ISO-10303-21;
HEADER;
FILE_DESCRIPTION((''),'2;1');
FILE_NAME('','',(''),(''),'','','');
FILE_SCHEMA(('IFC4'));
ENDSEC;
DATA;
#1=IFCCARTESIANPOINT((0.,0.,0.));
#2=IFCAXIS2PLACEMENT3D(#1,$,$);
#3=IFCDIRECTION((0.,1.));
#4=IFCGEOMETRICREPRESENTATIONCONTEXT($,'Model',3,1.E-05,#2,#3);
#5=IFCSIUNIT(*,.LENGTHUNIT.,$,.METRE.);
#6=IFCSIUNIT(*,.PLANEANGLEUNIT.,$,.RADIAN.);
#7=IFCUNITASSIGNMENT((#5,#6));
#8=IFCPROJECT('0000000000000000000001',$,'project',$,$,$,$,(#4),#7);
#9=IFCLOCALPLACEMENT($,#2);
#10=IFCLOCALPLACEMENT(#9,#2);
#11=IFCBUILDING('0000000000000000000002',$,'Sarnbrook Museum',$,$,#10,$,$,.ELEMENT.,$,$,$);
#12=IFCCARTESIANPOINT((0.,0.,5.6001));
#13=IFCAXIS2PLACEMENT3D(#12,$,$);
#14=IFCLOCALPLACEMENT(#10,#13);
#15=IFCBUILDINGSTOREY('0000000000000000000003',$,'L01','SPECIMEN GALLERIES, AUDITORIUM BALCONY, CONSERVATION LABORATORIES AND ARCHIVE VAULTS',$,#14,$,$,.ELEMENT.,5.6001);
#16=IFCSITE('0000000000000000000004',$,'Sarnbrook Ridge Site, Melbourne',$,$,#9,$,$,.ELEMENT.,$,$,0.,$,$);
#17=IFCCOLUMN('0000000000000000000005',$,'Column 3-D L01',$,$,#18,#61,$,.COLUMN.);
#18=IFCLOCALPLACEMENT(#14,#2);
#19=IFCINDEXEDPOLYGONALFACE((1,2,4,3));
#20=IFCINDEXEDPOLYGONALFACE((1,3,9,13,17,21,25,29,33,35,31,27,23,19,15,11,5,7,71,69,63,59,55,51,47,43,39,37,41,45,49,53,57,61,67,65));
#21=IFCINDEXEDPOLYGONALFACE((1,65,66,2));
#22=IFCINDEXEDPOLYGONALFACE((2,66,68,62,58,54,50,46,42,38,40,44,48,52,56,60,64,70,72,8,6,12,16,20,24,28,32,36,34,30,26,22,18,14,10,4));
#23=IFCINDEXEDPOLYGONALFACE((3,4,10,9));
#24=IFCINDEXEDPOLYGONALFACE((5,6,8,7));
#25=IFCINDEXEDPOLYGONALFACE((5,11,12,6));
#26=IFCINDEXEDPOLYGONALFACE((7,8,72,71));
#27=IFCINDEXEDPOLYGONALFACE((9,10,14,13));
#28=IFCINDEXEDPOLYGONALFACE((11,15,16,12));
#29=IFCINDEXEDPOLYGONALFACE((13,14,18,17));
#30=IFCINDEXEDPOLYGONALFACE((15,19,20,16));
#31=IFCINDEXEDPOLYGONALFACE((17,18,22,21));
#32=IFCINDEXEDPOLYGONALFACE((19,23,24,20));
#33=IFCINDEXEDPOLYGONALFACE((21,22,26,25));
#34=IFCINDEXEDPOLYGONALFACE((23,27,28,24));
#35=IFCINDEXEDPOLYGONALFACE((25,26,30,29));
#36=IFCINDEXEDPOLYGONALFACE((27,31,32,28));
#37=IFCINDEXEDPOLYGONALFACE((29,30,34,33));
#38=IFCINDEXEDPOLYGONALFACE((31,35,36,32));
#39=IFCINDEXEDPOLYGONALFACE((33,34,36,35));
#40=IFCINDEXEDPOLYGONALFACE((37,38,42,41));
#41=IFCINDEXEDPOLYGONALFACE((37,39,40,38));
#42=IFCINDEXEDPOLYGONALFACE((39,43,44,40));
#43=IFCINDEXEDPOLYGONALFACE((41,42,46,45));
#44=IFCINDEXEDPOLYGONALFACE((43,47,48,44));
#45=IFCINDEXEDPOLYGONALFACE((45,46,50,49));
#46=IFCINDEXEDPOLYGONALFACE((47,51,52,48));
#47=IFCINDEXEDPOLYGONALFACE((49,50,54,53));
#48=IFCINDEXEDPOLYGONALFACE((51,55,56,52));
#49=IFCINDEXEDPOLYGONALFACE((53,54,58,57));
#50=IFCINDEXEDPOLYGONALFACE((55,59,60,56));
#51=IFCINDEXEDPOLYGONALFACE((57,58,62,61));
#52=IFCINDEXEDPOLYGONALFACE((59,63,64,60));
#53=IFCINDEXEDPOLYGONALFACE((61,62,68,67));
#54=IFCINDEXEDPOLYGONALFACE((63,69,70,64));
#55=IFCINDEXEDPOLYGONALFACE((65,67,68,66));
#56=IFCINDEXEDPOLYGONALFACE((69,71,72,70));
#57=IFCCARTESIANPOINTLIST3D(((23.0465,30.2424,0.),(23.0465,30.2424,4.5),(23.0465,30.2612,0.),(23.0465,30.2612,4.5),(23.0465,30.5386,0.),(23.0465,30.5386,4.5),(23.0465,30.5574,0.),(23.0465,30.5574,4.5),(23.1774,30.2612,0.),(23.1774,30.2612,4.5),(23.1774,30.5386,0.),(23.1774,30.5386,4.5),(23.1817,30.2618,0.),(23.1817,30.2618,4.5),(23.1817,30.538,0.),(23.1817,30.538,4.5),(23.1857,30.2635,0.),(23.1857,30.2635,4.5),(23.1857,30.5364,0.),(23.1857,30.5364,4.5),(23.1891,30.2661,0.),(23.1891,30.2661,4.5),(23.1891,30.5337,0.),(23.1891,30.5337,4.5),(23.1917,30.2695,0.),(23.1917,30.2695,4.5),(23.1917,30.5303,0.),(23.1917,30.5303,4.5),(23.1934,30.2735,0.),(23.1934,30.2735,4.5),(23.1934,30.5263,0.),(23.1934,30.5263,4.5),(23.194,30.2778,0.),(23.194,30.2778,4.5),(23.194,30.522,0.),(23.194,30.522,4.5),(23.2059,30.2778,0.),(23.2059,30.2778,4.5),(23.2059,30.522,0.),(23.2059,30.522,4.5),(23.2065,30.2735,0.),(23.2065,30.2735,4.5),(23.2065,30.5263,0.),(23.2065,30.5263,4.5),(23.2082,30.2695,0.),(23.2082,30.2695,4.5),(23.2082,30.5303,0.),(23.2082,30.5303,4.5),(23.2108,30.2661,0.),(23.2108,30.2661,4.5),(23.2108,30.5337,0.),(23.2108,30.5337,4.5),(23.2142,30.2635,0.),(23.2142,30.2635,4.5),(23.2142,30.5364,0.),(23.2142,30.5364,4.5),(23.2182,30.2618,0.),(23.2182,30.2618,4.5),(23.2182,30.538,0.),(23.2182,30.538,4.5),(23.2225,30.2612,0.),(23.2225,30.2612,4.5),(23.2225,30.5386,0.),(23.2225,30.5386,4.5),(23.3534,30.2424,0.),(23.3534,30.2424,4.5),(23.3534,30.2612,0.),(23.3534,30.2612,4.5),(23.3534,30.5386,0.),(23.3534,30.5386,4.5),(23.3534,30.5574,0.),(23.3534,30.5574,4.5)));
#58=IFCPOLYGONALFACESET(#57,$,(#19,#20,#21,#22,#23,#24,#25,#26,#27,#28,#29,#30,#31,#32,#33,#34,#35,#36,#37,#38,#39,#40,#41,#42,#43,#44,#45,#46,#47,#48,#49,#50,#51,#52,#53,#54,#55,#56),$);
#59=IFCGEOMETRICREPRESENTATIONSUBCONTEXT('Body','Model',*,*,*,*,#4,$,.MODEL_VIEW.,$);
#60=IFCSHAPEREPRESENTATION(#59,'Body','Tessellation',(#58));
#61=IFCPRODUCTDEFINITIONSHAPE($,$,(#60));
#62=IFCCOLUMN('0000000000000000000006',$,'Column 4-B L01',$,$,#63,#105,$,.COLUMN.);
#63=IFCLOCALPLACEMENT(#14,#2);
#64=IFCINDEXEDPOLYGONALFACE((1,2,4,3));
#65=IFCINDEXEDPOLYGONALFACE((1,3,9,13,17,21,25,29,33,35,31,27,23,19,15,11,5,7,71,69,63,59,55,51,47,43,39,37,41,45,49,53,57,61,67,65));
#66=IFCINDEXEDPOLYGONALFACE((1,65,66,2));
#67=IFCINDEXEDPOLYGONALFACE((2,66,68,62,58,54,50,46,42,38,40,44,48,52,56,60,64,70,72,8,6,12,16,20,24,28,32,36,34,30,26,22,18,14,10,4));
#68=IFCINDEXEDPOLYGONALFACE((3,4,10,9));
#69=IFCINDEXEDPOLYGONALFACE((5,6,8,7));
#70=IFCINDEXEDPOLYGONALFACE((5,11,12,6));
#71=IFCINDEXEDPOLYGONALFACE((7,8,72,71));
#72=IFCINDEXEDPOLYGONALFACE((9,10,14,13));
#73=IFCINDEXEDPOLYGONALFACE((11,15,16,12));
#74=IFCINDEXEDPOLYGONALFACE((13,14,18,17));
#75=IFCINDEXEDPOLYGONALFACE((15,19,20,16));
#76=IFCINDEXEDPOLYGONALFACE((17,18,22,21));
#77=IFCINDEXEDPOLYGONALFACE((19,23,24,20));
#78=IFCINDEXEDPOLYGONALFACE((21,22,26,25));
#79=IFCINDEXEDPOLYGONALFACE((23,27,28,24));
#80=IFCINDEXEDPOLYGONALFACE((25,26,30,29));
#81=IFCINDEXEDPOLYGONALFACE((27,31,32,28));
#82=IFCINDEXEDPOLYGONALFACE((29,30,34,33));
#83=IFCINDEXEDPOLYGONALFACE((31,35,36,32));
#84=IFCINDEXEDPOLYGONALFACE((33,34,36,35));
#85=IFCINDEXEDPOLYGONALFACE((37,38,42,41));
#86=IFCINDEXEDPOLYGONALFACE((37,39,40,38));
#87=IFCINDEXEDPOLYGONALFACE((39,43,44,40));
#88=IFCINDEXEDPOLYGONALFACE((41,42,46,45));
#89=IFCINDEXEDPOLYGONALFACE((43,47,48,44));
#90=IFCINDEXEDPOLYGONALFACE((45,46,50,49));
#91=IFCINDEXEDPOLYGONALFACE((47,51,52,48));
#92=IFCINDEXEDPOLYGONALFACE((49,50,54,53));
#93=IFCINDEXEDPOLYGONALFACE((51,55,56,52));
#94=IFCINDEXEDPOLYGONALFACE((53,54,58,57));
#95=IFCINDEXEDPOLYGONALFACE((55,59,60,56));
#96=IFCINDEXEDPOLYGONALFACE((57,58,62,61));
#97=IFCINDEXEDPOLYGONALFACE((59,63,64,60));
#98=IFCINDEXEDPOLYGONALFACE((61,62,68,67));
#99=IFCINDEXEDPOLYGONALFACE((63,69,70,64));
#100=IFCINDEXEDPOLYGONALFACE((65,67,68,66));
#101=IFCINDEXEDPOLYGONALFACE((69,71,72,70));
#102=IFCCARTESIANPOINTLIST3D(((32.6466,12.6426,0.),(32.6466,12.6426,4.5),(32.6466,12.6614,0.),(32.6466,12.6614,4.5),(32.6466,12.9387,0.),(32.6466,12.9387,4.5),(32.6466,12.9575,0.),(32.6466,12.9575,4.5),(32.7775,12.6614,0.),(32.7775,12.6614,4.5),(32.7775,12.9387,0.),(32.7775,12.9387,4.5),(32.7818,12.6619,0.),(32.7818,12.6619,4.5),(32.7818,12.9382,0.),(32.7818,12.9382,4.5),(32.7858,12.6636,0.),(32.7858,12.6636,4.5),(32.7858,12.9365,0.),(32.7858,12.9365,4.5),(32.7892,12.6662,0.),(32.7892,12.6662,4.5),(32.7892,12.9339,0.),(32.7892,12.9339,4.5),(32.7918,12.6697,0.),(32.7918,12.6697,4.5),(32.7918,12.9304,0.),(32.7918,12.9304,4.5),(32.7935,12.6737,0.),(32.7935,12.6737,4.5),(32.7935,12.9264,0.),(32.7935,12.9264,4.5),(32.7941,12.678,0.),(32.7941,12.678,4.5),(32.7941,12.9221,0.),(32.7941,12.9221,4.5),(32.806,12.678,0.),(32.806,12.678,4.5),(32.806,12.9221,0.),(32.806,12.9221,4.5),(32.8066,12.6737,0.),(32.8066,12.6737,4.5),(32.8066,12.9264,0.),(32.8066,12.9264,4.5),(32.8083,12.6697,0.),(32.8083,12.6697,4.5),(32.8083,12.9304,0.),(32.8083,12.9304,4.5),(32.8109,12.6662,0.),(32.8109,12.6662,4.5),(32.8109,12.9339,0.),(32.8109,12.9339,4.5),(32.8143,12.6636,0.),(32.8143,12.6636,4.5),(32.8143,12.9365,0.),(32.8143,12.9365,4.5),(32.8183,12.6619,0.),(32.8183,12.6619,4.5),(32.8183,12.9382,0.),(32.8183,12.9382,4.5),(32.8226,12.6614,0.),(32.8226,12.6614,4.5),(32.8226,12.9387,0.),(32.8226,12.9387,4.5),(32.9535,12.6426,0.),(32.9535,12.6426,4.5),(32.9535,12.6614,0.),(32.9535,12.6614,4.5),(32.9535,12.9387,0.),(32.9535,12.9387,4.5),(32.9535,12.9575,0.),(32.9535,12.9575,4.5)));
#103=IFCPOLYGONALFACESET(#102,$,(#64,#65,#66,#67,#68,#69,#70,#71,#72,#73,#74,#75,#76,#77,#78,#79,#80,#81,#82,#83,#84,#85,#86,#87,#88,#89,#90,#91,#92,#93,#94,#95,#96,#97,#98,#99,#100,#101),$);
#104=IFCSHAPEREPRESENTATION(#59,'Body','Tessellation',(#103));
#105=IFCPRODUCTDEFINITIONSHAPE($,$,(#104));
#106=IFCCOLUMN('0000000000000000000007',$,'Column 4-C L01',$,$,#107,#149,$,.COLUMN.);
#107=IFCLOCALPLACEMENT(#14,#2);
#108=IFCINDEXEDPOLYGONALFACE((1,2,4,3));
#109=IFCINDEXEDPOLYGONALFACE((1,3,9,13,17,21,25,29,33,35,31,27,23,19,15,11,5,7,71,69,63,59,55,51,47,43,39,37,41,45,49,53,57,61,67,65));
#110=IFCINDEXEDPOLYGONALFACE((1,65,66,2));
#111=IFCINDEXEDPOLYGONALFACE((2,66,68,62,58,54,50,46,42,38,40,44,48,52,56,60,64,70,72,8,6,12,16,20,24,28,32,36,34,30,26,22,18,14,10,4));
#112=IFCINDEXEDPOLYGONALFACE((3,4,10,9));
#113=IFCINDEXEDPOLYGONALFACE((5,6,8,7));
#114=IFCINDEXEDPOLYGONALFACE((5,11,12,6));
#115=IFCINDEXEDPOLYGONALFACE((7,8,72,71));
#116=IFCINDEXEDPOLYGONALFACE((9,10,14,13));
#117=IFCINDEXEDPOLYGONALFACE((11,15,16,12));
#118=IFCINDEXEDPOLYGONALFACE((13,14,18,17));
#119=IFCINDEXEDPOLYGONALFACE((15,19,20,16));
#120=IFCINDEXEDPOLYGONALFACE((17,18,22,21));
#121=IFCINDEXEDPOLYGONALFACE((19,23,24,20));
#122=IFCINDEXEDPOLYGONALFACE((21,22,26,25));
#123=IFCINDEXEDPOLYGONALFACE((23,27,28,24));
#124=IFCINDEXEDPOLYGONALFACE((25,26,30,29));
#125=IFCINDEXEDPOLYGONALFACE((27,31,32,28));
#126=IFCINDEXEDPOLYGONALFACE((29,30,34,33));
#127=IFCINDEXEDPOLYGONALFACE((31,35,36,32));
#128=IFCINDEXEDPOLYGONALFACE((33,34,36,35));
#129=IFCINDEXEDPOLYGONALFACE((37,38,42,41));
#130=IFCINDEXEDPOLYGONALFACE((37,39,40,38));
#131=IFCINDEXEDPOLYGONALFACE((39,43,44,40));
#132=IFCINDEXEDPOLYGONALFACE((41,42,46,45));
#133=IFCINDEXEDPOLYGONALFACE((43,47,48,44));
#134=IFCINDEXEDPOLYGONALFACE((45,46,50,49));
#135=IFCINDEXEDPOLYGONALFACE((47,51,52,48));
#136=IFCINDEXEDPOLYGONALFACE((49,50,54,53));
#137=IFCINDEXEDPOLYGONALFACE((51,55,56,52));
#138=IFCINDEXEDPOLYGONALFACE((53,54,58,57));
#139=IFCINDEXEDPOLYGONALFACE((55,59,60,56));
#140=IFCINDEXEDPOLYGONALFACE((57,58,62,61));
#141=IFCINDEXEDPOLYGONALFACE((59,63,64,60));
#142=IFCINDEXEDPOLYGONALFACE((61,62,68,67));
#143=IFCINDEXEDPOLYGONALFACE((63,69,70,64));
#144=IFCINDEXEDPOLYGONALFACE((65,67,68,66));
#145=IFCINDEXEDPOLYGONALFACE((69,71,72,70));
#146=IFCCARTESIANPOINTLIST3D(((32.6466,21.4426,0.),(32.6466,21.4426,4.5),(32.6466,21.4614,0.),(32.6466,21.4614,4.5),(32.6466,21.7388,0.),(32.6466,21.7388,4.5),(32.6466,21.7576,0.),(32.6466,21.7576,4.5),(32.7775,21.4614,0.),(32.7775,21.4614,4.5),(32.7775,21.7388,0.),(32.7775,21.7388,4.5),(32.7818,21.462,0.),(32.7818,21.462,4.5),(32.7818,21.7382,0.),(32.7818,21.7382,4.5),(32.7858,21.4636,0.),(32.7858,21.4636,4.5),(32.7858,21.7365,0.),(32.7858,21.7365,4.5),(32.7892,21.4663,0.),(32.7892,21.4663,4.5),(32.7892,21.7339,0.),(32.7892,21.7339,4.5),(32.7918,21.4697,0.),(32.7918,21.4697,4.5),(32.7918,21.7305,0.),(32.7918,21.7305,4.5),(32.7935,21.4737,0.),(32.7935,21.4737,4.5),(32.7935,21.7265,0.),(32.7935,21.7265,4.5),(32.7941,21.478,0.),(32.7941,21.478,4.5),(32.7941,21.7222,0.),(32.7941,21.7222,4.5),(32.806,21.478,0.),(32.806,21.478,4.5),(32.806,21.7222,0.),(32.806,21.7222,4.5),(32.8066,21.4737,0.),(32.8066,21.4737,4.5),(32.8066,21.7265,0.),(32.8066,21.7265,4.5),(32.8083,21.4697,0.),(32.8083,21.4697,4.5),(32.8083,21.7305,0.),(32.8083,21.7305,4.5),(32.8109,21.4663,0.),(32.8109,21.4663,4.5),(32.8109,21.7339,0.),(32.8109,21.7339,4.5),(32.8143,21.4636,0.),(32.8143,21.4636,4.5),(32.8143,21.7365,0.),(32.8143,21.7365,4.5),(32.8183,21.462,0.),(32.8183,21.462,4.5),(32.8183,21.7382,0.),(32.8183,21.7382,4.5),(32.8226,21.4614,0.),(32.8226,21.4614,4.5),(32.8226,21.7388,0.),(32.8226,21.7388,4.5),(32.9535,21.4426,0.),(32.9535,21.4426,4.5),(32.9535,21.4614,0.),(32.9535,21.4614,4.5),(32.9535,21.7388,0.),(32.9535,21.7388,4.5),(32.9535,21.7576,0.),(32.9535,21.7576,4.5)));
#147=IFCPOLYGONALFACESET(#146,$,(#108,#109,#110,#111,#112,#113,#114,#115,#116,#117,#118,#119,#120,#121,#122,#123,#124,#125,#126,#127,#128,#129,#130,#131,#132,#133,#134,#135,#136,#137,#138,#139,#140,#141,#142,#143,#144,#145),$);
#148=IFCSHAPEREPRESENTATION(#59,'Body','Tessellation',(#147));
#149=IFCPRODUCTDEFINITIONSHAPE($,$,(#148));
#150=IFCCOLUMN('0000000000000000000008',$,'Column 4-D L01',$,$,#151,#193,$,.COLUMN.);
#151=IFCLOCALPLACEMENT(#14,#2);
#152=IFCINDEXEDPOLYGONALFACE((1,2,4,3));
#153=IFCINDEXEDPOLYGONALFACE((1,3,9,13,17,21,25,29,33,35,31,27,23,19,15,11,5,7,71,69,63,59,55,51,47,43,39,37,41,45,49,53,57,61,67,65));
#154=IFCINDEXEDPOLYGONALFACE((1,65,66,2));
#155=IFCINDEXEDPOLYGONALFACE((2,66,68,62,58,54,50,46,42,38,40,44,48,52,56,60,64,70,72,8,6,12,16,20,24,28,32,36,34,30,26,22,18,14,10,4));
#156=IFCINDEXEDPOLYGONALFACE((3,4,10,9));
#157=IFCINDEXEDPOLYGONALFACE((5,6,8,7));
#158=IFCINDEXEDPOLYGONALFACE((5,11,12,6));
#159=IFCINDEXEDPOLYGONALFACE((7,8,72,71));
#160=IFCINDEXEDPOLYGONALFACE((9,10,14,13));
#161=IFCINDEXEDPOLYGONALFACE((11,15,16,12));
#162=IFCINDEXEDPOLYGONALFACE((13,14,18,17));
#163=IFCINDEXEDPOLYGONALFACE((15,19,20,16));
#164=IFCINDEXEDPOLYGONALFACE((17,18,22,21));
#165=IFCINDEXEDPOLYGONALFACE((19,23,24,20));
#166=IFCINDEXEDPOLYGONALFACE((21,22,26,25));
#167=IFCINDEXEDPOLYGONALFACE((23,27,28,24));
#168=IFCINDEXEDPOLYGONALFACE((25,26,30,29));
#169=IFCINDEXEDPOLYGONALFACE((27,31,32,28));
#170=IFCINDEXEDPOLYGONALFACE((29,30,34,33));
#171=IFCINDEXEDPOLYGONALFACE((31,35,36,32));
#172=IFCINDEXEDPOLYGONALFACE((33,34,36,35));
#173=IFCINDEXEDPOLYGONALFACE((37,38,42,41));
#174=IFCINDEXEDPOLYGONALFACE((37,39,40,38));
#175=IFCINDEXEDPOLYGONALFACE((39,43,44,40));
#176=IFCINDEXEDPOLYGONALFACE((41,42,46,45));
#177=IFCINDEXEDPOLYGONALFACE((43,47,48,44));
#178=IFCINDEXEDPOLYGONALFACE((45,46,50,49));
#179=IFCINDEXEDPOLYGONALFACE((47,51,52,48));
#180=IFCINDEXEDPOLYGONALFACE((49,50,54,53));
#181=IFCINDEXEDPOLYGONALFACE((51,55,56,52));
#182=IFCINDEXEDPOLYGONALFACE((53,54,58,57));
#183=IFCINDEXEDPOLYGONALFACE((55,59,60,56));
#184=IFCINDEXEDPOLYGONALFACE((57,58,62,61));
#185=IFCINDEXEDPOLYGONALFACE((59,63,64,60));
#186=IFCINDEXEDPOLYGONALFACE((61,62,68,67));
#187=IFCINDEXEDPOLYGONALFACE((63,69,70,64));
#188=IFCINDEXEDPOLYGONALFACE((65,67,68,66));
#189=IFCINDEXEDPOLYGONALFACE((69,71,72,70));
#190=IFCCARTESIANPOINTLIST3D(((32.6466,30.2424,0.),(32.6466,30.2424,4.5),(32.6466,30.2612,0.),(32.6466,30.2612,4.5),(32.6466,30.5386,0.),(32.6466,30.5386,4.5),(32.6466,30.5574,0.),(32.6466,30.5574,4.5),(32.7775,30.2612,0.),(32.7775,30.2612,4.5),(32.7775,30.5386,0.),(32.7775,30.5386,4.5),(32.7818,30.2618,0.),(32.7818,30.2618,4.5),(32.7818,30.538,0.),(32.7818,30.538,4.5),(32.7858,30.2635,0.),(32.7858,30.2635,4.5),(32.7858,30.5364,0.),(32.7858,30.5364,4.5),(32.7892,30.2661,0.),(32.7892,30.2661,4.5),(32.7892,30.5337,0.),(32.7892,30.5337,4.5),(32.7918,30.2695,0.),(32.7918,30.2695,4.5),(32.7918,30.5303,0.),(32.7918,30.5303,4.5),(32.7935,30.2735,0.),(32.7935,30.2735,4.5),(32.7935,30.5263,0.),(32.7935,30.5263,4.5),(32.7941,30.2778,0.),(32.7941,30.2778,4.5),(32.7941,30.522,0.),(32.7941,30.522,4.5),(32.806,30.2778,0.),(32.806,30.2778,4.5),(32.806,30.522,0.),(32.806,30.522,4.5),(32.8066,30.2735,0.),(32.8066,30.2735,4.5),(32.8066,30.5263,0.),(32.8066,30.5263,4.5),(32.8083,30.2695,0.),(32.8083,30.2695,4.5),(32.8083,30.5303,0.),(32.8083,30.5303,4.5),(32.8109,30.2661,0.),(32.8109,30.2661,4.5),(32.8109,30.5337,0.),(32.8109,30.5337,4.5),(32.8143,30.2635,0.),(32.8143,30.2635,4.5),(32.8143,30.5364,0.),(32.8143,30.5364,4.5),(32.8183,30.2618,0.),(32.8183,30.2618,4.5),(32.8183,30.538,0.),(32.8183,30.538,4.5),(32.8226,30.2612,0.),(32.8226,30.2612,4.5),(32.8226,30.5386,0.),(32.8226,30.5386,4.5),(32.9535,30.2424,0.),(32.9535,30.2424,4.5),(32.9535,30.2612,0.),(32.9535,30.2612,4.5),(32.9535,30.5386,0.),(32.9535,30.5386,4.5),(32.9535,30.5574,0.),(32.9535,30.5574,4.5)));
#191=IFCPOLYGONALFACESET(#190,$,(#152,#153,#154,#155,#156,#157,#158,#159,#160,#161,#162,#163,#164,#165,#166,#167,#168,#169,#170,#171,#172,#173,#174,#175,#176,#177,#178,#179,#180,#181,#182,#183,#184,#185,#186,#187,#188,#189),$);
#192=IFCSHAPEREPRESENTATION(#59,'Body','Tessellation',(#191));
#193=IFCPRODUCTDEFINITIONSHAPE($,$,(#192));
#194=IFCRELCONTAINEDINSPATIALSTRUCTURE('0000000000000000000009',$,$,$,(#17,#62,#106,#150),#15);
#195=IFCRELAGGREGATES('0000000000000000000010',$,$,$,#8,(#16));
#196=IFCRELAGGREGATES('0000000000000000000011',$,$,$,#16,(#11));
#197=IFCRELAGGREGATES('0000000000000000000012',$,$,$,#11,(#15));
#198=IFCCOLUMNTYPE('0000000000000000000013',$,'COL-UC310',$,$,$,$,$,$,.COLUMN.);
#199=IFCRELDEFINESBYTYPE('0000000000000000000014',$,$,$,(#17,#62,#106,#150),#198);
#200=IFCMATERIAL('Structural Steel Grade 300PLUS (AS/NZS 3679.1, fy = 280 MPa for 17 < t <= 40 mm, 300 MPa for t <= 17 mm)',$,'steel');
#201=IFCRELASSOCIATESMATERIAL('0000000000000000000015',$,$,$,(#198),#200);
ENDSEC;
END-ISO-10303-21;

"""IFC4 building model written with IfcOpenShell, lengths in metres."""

from ifc_helpers import new_model, si_unit, direction, frame, origin, origin_2d, place, context, subcontext, project, spatial, i_section, extrude, material, material_profile, profile_set, type_object, element, save


model = new_model("IFC4")

# Units and contexts
model_context = context("Model", 3, precision=1e-05, world=origin(), true_north=direction((0.0, 1.0)))
body_context = subcontext(model_context, "Body", "Model", "MODEL_VIEW")
ifc_project = project(units=[si_unit("LENGTHUNIT", "METRE"), si_unit("PLANEANGLEUNIT", "RADIAN")], contexts=[model_context])

# Site, building, storey
site_placement = place(None, origin())
site = spatial("IfcSite", under=ifc_project, at=site_placement, Name="Sarnbrook Ridge Site, Melbourne", CompositionType="ELEMENT", RefElevation=0.0)
building_placement = place(site_placement, origin())
building = spatial("IfcBuilding", under=site, at=building_placement, Name="Sarnbrook Museum", CompositionType="ELEMENT")
storey_placement = place(building_placement, frame((0.0, 0.0, 5.6001)))
storey = spatial("IfcBuildingStorey", under=building, at=storey_placement, Name="L01", Description="SPECIMEN GALLERIES, AUDITORIUM BALCONY, CONSERVATION LABORATORIES AND ARCHIVE VAULTS", CompositionType="ELEMENT", Elevation=5.6001)

# Columns
ifc_material_1 = material(Name="Structural Steel Grade 300PLUS (AS/NZS 3679.1, fy = 280 MPa for 17 < t <= 40 mm, 300 MPa for t <= 17 mm)", Category="steel")
ifc_material_profile_1 = material_profile(ifc_material_1, i_section(OverallWidth=0.3069, OverallDepth=0.3149, WebThickness=0.012, FlangeThickness=0.0188, FilletRadius=0.0166, at=origin_2d()), Name="310UC118")
ifc_profile_set_1 = profile_set([ifc_material_profile_1], Name="Structural Steel Grade 300PLUS (AS/NZS 3679.1, fy = 280 MPa for 17 < t <= 40 mm, 300 MPa for t <= 17 mm)")
column_type = type_object("IfcColumnType", Name="COL-UC310", PredefinedType="COLUMN", material=ifc_profile_set_1)
for number, where, z_axis, x_axis, name in (
    (1, (23.2, 30.3999, 0.0), (0.0, 0.0, 1.0), (1.0, 0.0, 0.0), "Column 3-D L01"),
    (2, (32.8, 12.8, 0.0), (0.0, 0.0, 1.0), (1.0, 0.0, 0.0), "Column 4-B L01"),
    (3, (32.8, 21.6001, 0.0), (0.0, 0.0, 1.0), (1.0, 0.0, 0.0), "Column 4-C L01"),
    (4, (32.8, 30.3999, 0.0), (0.0, 0.0, 1.0), (1.0, 0.0, 0.0), "Column 4-D L01"),
):
    element("IfcColumn", number, at=place(storey_placement, frame(where, z_axis=z_axis, x_axis=x_axis)), inside=storey, type_object=column_type, Name=name, PredefinedType="COLUMN", context=body_context, shape_type="SweptSolid", body=[
        extrude(i_section(OverallWidth=0.3069, OverallDepth=0.3149, WebThickness=0.012, FlangeThickness=0.0188, FilletRadius=0.0166, at=origin_2d()), origin(), (0.0, 0.0, 1.0), 4.5),
    ])

save(model, "model.ifc")
